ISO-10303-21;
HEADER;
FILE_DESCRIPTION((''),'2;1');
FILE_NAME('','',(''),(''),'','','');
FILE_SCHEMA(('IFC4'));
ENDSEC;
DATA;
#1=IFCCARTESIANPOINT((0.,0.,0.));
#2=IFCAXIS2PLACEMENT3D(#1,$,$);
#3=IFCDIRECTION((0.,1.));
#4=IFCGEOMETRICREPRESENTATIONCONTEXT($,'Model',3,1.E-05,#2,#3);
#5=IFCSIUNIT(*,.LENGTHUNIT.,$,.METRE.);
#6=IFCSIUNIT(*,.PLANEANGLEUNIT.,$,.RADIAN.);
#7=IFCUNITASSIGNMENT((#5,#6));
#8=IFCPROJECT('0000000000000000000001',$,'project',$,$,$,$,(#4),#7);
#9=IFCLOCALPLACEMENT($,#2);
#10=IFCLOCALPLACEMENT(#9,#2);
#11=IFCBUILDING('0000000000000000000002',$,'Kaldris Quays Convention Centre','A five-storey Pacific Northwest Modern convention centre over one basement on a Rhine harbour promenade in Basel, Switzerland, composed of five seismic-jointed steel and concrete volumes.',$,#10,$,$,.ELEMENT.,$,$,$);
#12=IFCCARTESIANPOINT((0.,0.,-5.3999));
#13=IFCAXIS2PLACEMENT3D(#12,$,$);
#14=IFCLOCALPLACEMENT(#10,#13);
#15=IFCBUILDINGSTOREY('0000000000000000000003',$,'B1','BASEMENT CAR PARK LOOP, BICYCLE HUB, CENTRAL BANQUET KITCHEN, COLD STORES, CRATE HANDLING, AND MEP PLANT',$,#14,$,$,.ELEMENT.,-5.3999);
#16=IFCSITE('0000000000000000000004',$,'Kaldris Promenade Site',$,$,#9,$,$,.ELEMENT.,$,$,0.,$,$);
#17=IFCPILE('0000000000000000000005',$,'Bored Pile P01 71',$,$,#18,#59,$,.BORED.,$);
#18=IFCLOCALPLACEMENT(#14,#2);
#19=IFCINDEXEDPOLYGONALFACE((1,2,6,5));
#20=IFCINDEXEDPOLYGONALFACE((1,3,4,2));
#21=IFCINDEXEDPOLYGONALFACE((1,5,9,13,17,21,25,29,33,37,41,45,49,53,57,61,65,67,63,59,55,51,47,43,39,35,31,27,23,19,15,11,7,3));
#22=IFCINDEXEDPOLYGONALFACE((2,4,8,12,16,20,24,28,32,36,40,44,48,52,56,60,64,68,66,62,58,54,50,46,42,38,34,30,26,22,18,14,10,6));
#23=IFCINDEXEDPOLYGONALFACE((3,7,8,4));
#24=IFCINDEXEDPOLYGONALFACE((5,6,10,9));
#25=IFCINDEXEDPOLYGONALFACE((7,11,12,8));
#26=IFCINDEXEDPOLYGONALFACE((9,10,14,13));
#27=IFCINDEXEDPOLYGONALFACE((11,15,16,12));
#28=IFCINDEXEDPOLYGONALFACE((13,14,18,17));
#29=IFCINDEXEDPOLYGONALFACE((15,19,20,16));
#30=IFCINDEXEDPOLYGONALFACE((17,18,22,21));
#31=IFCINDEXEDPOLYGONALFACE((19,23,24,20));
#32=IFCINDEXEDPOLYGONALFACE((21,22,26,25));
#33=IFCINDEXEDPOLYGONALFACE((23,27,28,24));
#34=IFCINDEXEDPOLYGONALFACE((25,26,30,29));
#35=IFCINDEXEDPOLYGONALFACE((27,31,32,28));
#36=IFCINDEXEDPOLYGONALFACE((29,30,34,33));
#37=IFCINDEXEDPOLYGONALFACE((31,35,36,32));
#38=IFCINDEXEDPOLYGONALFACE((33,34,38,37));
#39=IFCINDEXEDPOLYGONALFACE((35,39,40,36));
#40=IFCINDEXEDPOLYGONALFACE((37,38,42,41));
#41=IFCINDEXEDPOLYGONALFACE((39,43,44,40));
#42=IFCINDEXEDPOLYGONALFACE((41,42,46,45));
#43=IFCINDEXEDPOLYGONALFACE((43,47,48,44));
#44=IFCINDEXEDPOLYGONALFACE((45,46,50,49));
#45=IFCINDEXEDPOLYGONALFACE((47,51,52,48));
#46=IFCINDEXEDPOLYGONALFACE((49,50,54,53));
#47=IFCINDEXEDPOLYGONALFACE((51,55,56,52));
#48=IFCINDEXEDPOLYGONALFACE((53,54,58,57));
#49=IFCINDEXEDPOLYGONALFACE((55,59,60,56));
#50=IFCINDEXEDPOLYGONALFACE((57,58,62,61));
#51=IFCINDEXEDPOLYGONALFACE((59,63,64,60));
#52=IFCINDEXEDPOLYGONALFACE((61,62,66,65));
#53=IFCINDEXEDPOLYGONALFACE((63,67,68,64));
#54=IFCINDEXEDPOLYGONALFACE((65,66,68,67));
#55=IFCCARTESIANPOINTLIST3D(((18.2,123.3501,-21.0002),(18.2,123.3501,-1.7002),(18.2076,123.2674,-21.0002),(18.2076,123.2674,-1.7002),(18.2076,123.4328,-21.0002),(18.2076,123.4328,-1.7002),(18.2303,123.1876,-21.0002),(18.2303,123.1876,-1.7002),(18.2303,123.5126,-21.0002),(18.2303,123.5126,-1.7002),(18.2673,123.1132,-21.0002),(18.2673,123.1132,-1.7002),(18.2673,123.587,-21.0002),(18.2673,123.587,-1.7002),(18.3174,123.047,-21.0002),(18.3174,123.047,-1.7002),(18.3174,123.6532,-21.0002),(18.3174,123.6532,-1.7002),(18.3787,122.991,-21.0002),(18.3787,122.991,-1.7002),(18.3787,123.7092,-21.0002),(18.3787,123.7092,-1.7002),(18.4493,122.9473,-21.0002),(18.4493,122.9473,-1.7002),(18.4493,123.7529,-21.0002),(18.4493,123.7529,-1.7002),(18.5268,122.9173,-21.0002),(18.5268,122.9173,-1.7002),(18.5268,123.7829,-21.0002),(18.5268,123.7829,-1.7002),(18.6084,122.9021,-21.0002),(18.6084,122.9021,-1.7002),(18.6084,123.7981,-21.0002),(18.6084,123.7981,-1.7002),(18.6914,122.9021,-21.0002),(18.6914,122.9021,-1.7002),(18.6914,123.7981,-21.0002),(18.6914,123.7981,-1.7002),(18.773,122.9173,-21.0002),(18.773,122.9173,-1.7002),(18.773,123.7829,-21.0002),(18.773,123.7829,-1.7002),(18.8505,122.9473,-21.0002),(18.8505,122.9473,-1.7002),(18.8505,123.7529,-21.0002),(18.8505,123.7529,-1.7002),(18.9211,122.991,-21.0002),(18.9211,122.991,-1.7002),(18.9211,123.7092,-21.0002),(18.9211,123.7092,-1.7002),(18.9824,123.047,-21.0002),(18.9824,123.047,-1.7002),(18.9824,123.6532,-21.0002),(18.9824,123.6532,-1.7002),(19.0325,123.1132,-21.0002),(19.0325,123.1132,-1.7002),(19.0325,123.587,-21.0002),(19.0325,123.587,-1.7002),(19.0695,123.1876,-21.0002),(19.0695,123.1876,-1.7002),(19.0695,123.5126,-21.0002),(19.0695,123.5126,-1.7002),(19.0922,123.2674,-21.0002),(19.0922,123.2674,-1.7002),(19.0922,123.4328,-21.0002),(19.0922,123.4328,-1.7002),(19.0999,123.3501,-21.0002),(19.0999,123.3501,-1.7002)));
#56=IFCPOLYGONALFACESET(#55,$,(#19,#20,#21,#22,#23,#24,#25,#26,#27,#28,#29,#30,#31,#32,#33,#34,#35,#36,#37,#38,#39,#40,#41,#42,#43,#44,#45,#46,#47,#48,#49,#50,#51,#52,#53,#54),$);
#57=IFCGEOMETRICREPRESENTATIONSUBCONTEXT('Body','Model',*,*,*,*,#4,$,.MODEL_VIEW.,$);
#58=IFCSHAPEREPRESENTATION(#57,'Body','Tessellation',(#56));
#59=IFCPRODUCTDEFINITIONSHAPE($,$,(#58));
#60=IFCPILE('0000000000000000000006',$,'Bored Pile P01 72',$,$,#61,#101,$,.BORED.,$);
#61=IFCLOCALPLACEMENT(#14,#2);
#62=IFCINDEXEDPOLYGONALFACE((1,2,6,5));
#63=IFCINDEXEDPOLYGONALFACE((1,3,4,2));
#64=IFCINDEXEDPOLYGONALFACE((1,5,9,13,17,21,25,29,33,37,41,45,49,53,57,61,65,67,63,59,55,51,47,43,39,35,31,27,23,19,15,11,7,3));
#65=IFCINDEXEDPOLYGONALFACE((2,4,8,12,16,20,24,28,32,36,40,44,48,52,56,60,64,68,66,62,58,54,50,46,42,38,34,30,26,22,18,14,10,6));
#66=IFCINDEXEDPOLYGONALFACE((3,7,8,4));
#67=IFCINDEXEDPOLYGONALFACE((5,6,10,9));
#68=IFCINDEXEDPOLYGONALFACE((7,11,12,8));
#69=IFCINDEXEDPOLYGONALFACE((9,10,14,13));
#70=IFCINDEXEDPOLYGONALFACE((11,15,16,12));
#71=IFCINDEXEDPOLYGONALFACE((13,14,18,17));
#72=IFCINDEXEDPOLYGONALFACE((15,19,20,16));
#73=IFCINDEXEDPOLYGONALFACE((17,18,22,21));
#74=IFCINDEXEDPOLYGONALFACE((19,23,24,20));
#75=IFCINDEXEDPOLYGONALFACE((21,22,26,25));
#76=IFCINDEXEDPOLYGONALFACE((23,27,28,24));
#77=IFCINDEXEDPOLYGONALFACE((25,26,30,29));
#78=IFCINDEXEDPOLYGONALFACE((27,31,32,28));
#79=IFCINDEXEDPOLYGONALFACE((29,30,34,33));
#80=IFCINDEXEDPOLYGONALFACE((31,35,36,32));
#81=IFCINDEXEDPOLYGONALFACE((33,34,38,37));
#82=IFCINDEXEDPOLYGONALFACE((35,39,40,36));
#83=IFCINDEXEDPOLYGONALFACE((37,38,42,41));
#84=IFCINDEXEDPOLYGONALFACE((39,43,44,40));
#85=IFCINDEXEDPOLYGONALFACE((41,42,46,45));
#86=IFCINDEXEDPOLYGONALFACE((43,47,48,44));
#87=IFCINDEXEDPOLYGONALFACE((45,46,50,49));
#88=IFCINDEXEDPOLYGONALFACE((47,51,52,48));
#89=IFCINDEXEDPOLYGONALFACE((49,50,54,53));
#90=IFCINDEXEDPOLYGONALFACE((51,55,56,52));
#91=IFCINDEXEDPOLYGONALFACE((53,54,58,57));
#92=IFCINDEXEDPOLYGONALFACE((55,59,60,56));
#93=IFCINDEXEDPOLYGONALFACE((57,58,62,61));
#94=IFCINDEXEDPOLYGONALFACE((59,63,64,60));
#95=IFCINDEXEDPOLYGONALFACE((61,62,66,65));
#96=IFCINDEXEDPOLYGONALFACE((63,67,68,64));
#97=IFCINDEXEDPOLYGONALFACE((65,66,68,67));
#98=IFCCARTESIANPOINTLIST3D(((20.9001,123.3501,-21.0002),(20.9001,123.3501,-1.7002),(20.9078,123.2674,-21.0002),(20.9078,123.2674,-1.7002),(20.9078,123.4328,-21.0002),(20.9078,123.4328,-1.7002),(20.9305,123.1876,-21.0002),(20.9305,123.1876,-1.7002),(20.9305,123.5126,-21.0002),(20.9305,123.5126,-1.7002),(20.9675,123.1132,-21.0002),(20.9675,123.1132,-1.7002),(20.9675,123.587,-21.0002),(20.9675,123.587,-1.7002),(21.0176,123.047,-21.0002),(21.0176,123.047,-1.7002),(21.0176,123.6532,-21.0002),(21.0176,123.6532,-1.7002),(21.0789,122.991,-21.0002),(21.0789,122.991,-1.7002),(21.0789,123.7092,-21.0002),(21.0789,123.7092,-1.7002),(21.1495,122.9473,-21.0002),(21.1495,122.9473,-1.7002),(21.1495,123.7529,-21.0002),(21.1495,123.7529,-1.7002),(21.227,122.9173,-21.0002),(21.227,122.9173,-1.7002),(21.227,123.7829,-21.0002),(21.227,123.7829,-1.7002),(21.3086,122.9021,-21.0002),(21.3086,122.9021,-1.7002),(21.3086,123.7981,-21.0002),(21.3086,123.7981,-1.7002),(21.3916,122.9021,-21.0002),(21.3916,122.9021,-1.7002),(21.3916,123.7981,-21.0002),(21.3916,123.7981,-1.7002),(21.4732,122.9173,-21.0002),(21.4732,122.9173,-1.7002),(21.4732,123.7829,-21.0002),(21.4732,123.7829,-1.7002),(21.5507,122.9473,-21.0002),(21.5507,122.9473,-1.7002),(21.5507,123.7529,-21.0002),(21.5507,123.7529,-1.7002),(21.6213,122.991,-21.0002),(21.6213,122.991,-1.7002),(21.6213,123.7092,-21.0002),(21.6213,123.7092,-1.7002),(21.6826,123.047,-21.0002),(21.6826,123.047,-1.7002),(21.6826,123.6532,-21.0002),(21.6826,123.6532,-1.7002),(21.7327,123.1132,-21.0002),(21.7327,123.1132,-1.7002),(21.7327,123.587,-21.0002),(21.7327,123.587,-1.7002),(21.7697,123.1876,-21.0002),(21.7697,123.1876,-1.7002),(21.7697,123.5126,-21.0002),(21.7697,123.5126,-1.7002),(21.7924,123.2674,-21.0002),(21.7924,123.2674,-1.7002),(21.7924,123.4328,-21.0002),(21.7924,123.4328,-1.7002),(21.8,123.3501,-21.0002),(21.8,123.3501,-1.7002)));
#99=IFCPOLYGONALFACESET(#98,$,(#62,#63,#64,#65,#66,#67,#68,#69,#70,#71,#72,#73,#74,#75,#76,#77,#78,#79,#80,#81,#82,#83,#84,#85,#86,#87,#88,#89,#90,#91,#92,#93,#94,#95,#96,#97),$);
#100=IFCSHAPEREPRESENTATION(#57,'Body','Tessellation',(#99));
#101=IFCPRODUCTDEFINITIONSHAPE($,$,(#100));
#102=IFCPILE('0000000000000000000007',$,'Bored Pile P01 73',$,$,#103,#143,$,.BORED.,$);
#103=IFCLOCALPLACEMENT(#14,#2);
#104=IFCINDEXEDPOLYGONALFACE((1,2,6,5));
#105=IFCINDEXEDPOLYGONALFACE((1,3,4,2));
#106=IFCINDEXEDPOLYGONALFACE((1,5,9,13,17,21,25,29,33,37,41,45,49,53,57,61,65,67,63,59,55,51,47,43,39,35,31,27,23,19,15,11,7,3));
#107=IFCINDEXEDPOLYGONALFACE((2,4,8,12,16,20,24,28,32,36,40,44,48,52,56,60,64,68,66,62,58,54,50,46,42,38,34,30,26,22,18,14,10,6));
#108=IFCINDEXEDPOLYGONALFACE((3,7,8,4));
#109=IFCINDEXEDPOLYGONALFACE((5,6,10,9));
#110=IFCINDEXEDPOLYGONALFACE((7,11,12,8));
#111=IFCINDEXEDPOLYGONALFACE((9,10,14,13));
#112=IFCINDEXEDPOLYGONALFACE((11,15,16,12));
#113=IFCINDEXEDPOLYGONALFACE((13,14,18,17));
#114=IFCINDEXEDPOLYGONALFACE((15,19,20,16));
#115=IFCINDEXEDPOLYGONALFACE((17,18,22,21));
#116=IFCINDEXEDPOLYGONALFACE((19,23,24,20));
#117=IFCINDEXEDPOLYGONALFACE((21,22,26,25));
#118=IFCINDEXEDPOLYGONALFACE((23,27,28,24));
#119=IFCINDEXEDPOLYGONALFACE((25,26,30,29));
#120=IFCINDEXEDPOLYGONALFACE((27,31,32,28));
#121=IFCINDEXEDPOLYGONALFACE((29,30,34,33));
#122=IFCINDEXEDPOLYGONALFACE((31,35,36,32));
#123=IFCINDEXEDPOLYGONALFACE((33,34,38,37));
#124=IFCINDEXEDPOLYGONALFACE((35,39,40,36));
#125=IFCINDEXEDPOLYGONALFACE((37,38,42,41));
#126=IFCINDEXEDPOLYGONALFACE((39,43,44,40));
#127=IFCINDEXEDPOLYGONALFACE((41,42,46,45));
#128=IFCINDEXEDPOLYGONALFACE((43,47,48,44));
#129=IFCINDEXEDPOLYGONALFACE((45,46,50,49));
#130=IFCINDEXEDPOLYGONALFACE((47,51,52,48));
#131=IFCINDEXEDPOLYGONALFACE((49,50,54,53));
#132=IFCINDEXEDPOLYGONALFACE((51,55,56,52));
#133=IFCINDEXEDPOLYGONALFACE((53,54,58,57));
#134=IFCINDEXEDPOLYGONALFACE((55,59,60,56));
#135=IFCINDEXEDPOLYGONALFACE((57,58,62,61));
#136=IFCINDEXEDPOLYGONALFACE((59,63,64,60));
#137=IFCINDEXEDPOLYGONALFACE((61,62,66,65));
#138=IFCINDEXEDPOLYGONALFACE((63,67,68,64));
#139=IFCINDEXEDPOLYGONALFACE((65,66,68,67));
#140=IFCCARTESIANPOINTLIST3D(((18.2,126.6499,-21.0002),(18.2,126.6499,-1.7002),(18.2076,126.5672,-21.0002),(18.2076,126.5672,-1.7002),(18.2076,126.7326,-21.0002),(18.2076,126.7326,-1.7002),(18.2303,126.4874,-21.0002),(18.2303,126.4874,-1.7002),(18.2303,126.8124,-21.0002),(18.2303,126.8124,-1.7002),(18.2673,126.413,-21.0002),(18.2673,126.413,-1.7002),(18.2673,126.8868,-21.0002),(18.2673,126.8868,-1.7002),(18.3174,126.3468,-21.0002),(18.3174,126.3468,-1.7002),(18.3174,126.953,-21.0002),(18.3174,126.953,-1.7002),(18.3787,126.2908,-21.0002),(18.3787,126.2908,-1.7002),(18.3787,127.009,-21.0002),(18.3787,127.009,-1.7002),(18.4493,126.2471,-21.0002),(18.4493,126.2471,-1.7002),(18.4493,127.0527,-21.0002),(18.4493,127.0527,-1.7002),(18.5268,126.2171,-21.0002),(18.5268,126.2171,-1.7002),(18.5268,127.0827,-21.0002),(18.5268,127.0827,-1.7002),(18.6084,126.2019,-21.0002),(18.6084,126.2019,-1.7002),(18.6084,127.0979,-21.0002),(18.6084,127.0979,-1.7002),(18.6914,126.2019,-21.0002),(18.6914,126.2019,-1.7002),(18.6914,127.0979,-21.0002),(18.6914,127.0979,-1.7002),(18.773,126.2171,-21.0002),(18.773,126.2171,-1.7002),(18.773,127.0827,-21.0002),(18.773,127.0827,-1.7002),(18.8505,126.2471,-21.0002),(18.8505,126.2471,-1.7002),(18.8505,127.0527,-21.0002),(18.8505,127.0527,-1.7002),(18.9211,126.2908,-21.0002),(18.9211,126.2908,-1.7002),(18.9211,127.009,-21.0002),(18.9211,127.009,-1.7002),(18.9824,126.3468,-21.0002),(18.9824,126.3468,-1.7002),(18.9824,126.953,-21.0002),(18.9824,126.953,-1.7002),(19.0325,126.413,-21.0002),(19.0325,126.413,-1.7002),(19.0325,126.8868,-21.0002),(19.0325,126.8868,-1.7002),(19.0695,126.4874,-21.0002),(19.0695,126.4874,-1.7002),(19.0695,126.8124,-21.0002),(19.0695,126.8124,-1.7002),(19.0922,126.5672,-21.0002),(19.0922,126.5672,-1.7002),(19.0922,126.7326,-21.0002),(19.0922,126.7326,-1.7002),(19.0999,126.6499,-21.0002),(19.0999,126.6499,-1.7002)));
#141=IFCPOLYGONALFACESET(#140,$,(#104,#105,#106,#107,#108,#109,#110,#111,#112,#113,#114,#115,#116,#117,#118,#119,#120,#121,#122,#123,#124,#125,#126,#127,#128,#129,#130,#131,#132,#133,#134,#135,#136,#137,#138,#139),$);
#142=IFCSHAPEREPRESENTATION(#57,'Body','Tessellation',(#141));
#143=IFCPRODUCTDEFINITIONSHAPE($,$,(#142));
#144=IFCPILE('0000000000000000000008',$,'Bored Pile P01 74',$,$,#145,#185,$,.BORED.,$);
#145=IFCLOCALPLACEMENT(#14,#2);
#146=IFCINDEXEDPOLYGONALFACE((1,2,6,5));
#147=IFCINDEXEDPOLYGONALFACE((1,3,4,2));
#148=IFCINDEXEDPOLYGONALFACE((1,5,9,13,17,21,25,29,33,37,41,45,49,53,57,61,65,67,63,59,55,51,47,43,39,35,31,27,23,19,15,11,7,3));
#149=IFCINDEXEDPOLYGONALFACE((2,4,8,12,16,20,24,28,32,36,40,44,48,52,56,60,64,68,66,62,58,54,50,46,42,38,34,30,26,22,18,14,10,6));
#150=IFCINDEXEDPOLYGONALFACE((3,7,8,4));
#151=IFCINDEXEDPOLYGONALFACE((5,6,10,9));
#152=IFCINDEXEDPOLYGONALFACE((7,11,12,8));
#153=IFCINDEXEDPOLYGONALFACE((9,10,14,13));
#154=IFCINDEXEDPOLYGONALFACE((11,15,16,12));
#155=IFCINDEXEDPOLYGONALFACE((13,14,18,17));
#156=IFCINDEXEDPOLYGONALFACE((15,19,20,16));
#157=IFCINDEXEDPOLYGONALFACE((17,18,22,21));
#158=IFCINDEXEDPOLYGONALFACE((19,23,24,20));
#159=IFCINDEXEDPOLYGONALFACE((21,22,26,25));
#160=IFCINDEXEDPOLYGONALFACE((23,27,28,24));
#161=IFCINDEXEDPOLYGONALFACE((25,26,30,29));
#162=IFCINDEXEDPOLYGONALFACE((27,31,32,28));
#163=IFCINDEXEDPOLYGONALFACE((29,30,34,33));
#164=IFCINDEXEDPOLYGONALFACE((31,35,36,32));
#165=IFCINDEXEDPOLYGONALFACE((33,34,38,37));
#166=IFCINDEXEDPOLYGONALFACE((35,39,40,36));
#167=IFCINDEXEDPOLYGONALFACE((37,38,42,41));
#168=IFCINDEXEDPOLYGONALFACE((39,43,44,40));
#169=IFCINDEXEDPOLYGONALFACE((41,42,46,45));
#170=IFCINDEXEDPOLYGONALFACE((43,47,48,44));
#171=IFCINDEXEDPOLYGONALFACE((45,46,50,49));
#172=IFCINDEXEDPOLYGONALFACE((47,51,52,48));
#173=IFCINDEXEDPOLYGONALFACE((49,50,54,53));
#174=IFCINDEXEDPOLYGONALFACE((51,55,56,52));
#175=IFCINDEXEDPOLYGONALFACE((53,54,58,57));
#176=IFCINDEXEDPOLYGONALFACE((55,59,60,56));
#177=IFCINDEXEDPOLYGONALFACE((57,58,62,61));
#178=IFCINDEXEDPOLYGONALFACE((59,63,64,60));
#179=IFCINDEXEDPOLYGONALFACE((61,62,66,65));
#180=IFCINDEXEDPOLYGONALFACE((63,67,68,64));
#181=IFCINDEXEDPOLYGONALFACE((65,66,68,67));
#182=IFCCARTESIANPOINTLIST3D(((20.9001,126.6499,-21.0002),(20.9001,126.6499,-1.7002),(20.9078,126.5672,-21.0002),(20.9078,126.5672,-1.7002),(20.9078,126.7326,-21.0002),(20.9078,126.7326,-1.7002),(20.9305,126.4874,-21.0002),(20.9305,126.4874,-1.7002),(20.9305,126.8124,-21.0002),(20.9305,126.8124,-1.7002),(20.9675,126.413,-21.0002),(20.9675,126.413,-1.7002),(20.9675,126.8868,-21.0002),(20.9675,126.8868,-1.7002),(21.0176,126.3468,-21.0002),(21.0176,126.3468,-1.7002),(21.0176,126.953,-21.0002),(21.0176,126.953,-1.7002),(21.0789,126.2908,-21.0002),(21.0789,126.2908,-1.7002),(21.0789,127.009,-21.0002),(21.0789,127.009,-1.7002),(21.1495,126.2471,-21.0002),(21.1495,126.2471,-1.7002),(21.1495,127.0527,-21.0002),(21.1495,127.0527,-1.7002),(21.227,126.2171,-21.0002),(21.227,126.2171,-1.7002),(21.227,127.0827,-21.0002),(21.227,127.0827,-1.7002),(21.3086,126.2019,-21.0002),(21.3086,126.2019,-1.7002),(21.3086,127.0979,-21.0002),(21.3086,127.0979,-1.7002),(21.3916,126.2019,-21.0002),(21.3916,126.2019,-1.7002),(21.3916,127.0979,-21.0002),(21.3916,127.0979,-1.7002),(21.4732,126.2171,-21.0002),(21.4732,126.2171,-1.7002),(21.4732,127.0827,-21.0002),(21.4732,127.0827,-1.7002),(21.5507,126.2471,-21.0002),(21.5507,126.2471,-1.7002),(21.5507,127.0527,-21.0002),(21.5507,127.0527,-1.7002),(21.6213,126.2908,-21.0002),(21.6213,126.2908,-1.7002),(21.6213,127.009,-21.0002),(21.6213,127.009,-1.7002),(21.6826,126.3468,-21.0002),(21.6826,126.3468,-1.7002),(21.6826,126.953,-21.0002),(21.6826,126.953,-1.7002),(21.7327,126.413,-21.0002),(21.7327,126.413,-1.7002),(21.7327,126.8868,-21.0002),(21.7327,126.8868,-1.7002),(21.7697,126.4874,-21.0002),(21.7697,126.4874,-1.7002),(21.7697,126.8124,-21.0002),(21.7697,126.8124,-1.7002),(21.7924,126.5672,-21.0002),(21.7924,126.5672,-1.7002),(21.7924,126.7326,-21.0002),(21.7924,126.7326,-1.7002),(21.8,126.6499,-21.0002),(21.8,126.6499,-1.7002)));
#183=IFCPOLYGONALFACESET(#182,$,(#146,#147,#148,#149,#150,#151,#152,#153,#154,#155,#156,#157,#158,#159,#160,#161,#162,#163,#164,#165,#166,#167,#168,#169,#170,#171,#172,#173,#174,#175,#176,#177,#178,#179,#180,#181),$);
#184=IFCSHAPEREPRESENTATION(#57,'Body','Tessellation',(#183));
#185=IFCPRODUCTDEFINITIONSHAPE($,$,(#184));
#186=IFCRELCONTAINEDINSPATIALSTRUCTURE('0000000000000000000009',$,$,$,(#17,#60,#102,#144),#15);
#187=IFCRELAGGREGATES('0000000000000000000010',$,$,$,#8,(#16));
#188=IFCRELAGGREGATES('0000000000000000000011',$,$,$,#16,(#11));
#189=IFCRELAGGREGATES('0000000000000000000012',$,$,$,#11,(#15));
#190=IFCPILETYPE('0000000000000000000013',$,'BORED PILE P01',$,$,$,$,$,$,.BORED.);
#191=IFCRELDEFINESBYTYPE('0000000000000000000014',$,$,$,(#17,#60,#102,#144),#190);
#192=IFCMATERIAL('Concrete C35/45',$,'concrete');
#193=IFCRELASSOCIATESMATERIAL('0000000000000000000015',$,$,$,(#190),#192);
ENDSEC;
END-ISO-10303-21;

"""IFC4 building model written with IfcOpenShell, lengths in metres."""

from ifc_helpers import new_model, si_unit, direction, frame, origin, origin_2d, place, context, subcontext, project, spatial, circle, extrude, material, material_profile, profile_set, type_object, element, save


model = new_model("IFC4")

# Units and contexts
model_context = context("Model", 3, precision=1e-05, world=origin(), true_north=direction((0.0, 1.0)))
body_context = subcontext(model_context, "Body", "Model", "MODEL_VIEW")
ifc_project = project(units=[si_unit("LENGTHUNIT", "METRE"), si_unit("PLANEANGLEUNIT", "RADIAN")], contexts=[model_context])

# Site, building, storey
site_placement = place(None, origin())
site = spatial("IfcSite", under=ifc_project, at=site_placement, Name="Kaldris Promenade Site", CompositionType="ELEMENT", RefElevation=0.0)
building_placement = place(site_placement, origin())
building = spatial("IfcBuilding", under=site, at=building_placement, Name="Kaldris Quays Convention Centre", Description="A five-storey Pacific Northwest Modern convention centre over one basement on a Rhine harbour promenade in Basel, Switzerland, composed of five seismic-jointed steel and concrete volumes.", CompositionType="ELEMENT")
storey_placement = place(building_placement, frame((0.0, 0.0, -5.3999)))
storey = spatial("IfcBuildingStorey", under=building, at=storey_placement, Name="B1", Description="BASEMENT CAR PARK LOOP, BICYCLE HUB, CENTRAL BANQUET KITCHEN, COLD STORES, CRATE HANDLING, AND MEP PLANT", CompositionType="ELEMENT", Elevation=-5.3999)

# Piles
ifc_material_1 = material(Name="Concrete C35/45", Category="concrete")
ifc_material_profile_1 = material_profile(ifc_material_1, circle(Radius=0.45, at=origin_2d()), Name="BORED PILE D900")
ifc_profile_set_1 = profile_set([ifc_material_profile_1], Name="Concrete C35/45")
pile_type = type_object("IfcPileType", Name="BORED PILE P01", PredefinedType="BORED", material=ifc_profile_set_1)
for number, where, z_axis, x_axis, name in (
    (1, (18.6499, 123.3501, -1.7002), (0.0, 0.0, -1.0), (1.0, 0.0, 0.0), "Bored Pile P01 71"),
    (2, (21.3501, 123.3501, -1.7002), (0.0, 0.0, -1.0), (1.0, 0.0, 0.0), "Bored Pile P01 72"),
    (3, (18.6499, 126.6499, -1.7002), (0.0, 0.0, -1.0), (1.0, 0.0, 0.0), "Bored Pile P01 73"),
    (4, (21.3501, 126.6499, -1.7002), (0.0, 0.0, -1.0), (1.0, 0.0, 0.0), "Bored Pile P01 74"),
):
    element("IfcPile", number, at=place(storey_placement, frame(where, z_axis=z_axis, x_axis=x_axis)), inside=storey, type_object=pile_type, Name=name, PredefinedType="BORED", context=body_context, shape_type="SweptSolid", body=[
        extrude(circle(Radius=0.45, at=origin_2d()), origin(), (0.0, 0.0, 1.0), 19.3),
    ])

save(model, "model.ifc")
